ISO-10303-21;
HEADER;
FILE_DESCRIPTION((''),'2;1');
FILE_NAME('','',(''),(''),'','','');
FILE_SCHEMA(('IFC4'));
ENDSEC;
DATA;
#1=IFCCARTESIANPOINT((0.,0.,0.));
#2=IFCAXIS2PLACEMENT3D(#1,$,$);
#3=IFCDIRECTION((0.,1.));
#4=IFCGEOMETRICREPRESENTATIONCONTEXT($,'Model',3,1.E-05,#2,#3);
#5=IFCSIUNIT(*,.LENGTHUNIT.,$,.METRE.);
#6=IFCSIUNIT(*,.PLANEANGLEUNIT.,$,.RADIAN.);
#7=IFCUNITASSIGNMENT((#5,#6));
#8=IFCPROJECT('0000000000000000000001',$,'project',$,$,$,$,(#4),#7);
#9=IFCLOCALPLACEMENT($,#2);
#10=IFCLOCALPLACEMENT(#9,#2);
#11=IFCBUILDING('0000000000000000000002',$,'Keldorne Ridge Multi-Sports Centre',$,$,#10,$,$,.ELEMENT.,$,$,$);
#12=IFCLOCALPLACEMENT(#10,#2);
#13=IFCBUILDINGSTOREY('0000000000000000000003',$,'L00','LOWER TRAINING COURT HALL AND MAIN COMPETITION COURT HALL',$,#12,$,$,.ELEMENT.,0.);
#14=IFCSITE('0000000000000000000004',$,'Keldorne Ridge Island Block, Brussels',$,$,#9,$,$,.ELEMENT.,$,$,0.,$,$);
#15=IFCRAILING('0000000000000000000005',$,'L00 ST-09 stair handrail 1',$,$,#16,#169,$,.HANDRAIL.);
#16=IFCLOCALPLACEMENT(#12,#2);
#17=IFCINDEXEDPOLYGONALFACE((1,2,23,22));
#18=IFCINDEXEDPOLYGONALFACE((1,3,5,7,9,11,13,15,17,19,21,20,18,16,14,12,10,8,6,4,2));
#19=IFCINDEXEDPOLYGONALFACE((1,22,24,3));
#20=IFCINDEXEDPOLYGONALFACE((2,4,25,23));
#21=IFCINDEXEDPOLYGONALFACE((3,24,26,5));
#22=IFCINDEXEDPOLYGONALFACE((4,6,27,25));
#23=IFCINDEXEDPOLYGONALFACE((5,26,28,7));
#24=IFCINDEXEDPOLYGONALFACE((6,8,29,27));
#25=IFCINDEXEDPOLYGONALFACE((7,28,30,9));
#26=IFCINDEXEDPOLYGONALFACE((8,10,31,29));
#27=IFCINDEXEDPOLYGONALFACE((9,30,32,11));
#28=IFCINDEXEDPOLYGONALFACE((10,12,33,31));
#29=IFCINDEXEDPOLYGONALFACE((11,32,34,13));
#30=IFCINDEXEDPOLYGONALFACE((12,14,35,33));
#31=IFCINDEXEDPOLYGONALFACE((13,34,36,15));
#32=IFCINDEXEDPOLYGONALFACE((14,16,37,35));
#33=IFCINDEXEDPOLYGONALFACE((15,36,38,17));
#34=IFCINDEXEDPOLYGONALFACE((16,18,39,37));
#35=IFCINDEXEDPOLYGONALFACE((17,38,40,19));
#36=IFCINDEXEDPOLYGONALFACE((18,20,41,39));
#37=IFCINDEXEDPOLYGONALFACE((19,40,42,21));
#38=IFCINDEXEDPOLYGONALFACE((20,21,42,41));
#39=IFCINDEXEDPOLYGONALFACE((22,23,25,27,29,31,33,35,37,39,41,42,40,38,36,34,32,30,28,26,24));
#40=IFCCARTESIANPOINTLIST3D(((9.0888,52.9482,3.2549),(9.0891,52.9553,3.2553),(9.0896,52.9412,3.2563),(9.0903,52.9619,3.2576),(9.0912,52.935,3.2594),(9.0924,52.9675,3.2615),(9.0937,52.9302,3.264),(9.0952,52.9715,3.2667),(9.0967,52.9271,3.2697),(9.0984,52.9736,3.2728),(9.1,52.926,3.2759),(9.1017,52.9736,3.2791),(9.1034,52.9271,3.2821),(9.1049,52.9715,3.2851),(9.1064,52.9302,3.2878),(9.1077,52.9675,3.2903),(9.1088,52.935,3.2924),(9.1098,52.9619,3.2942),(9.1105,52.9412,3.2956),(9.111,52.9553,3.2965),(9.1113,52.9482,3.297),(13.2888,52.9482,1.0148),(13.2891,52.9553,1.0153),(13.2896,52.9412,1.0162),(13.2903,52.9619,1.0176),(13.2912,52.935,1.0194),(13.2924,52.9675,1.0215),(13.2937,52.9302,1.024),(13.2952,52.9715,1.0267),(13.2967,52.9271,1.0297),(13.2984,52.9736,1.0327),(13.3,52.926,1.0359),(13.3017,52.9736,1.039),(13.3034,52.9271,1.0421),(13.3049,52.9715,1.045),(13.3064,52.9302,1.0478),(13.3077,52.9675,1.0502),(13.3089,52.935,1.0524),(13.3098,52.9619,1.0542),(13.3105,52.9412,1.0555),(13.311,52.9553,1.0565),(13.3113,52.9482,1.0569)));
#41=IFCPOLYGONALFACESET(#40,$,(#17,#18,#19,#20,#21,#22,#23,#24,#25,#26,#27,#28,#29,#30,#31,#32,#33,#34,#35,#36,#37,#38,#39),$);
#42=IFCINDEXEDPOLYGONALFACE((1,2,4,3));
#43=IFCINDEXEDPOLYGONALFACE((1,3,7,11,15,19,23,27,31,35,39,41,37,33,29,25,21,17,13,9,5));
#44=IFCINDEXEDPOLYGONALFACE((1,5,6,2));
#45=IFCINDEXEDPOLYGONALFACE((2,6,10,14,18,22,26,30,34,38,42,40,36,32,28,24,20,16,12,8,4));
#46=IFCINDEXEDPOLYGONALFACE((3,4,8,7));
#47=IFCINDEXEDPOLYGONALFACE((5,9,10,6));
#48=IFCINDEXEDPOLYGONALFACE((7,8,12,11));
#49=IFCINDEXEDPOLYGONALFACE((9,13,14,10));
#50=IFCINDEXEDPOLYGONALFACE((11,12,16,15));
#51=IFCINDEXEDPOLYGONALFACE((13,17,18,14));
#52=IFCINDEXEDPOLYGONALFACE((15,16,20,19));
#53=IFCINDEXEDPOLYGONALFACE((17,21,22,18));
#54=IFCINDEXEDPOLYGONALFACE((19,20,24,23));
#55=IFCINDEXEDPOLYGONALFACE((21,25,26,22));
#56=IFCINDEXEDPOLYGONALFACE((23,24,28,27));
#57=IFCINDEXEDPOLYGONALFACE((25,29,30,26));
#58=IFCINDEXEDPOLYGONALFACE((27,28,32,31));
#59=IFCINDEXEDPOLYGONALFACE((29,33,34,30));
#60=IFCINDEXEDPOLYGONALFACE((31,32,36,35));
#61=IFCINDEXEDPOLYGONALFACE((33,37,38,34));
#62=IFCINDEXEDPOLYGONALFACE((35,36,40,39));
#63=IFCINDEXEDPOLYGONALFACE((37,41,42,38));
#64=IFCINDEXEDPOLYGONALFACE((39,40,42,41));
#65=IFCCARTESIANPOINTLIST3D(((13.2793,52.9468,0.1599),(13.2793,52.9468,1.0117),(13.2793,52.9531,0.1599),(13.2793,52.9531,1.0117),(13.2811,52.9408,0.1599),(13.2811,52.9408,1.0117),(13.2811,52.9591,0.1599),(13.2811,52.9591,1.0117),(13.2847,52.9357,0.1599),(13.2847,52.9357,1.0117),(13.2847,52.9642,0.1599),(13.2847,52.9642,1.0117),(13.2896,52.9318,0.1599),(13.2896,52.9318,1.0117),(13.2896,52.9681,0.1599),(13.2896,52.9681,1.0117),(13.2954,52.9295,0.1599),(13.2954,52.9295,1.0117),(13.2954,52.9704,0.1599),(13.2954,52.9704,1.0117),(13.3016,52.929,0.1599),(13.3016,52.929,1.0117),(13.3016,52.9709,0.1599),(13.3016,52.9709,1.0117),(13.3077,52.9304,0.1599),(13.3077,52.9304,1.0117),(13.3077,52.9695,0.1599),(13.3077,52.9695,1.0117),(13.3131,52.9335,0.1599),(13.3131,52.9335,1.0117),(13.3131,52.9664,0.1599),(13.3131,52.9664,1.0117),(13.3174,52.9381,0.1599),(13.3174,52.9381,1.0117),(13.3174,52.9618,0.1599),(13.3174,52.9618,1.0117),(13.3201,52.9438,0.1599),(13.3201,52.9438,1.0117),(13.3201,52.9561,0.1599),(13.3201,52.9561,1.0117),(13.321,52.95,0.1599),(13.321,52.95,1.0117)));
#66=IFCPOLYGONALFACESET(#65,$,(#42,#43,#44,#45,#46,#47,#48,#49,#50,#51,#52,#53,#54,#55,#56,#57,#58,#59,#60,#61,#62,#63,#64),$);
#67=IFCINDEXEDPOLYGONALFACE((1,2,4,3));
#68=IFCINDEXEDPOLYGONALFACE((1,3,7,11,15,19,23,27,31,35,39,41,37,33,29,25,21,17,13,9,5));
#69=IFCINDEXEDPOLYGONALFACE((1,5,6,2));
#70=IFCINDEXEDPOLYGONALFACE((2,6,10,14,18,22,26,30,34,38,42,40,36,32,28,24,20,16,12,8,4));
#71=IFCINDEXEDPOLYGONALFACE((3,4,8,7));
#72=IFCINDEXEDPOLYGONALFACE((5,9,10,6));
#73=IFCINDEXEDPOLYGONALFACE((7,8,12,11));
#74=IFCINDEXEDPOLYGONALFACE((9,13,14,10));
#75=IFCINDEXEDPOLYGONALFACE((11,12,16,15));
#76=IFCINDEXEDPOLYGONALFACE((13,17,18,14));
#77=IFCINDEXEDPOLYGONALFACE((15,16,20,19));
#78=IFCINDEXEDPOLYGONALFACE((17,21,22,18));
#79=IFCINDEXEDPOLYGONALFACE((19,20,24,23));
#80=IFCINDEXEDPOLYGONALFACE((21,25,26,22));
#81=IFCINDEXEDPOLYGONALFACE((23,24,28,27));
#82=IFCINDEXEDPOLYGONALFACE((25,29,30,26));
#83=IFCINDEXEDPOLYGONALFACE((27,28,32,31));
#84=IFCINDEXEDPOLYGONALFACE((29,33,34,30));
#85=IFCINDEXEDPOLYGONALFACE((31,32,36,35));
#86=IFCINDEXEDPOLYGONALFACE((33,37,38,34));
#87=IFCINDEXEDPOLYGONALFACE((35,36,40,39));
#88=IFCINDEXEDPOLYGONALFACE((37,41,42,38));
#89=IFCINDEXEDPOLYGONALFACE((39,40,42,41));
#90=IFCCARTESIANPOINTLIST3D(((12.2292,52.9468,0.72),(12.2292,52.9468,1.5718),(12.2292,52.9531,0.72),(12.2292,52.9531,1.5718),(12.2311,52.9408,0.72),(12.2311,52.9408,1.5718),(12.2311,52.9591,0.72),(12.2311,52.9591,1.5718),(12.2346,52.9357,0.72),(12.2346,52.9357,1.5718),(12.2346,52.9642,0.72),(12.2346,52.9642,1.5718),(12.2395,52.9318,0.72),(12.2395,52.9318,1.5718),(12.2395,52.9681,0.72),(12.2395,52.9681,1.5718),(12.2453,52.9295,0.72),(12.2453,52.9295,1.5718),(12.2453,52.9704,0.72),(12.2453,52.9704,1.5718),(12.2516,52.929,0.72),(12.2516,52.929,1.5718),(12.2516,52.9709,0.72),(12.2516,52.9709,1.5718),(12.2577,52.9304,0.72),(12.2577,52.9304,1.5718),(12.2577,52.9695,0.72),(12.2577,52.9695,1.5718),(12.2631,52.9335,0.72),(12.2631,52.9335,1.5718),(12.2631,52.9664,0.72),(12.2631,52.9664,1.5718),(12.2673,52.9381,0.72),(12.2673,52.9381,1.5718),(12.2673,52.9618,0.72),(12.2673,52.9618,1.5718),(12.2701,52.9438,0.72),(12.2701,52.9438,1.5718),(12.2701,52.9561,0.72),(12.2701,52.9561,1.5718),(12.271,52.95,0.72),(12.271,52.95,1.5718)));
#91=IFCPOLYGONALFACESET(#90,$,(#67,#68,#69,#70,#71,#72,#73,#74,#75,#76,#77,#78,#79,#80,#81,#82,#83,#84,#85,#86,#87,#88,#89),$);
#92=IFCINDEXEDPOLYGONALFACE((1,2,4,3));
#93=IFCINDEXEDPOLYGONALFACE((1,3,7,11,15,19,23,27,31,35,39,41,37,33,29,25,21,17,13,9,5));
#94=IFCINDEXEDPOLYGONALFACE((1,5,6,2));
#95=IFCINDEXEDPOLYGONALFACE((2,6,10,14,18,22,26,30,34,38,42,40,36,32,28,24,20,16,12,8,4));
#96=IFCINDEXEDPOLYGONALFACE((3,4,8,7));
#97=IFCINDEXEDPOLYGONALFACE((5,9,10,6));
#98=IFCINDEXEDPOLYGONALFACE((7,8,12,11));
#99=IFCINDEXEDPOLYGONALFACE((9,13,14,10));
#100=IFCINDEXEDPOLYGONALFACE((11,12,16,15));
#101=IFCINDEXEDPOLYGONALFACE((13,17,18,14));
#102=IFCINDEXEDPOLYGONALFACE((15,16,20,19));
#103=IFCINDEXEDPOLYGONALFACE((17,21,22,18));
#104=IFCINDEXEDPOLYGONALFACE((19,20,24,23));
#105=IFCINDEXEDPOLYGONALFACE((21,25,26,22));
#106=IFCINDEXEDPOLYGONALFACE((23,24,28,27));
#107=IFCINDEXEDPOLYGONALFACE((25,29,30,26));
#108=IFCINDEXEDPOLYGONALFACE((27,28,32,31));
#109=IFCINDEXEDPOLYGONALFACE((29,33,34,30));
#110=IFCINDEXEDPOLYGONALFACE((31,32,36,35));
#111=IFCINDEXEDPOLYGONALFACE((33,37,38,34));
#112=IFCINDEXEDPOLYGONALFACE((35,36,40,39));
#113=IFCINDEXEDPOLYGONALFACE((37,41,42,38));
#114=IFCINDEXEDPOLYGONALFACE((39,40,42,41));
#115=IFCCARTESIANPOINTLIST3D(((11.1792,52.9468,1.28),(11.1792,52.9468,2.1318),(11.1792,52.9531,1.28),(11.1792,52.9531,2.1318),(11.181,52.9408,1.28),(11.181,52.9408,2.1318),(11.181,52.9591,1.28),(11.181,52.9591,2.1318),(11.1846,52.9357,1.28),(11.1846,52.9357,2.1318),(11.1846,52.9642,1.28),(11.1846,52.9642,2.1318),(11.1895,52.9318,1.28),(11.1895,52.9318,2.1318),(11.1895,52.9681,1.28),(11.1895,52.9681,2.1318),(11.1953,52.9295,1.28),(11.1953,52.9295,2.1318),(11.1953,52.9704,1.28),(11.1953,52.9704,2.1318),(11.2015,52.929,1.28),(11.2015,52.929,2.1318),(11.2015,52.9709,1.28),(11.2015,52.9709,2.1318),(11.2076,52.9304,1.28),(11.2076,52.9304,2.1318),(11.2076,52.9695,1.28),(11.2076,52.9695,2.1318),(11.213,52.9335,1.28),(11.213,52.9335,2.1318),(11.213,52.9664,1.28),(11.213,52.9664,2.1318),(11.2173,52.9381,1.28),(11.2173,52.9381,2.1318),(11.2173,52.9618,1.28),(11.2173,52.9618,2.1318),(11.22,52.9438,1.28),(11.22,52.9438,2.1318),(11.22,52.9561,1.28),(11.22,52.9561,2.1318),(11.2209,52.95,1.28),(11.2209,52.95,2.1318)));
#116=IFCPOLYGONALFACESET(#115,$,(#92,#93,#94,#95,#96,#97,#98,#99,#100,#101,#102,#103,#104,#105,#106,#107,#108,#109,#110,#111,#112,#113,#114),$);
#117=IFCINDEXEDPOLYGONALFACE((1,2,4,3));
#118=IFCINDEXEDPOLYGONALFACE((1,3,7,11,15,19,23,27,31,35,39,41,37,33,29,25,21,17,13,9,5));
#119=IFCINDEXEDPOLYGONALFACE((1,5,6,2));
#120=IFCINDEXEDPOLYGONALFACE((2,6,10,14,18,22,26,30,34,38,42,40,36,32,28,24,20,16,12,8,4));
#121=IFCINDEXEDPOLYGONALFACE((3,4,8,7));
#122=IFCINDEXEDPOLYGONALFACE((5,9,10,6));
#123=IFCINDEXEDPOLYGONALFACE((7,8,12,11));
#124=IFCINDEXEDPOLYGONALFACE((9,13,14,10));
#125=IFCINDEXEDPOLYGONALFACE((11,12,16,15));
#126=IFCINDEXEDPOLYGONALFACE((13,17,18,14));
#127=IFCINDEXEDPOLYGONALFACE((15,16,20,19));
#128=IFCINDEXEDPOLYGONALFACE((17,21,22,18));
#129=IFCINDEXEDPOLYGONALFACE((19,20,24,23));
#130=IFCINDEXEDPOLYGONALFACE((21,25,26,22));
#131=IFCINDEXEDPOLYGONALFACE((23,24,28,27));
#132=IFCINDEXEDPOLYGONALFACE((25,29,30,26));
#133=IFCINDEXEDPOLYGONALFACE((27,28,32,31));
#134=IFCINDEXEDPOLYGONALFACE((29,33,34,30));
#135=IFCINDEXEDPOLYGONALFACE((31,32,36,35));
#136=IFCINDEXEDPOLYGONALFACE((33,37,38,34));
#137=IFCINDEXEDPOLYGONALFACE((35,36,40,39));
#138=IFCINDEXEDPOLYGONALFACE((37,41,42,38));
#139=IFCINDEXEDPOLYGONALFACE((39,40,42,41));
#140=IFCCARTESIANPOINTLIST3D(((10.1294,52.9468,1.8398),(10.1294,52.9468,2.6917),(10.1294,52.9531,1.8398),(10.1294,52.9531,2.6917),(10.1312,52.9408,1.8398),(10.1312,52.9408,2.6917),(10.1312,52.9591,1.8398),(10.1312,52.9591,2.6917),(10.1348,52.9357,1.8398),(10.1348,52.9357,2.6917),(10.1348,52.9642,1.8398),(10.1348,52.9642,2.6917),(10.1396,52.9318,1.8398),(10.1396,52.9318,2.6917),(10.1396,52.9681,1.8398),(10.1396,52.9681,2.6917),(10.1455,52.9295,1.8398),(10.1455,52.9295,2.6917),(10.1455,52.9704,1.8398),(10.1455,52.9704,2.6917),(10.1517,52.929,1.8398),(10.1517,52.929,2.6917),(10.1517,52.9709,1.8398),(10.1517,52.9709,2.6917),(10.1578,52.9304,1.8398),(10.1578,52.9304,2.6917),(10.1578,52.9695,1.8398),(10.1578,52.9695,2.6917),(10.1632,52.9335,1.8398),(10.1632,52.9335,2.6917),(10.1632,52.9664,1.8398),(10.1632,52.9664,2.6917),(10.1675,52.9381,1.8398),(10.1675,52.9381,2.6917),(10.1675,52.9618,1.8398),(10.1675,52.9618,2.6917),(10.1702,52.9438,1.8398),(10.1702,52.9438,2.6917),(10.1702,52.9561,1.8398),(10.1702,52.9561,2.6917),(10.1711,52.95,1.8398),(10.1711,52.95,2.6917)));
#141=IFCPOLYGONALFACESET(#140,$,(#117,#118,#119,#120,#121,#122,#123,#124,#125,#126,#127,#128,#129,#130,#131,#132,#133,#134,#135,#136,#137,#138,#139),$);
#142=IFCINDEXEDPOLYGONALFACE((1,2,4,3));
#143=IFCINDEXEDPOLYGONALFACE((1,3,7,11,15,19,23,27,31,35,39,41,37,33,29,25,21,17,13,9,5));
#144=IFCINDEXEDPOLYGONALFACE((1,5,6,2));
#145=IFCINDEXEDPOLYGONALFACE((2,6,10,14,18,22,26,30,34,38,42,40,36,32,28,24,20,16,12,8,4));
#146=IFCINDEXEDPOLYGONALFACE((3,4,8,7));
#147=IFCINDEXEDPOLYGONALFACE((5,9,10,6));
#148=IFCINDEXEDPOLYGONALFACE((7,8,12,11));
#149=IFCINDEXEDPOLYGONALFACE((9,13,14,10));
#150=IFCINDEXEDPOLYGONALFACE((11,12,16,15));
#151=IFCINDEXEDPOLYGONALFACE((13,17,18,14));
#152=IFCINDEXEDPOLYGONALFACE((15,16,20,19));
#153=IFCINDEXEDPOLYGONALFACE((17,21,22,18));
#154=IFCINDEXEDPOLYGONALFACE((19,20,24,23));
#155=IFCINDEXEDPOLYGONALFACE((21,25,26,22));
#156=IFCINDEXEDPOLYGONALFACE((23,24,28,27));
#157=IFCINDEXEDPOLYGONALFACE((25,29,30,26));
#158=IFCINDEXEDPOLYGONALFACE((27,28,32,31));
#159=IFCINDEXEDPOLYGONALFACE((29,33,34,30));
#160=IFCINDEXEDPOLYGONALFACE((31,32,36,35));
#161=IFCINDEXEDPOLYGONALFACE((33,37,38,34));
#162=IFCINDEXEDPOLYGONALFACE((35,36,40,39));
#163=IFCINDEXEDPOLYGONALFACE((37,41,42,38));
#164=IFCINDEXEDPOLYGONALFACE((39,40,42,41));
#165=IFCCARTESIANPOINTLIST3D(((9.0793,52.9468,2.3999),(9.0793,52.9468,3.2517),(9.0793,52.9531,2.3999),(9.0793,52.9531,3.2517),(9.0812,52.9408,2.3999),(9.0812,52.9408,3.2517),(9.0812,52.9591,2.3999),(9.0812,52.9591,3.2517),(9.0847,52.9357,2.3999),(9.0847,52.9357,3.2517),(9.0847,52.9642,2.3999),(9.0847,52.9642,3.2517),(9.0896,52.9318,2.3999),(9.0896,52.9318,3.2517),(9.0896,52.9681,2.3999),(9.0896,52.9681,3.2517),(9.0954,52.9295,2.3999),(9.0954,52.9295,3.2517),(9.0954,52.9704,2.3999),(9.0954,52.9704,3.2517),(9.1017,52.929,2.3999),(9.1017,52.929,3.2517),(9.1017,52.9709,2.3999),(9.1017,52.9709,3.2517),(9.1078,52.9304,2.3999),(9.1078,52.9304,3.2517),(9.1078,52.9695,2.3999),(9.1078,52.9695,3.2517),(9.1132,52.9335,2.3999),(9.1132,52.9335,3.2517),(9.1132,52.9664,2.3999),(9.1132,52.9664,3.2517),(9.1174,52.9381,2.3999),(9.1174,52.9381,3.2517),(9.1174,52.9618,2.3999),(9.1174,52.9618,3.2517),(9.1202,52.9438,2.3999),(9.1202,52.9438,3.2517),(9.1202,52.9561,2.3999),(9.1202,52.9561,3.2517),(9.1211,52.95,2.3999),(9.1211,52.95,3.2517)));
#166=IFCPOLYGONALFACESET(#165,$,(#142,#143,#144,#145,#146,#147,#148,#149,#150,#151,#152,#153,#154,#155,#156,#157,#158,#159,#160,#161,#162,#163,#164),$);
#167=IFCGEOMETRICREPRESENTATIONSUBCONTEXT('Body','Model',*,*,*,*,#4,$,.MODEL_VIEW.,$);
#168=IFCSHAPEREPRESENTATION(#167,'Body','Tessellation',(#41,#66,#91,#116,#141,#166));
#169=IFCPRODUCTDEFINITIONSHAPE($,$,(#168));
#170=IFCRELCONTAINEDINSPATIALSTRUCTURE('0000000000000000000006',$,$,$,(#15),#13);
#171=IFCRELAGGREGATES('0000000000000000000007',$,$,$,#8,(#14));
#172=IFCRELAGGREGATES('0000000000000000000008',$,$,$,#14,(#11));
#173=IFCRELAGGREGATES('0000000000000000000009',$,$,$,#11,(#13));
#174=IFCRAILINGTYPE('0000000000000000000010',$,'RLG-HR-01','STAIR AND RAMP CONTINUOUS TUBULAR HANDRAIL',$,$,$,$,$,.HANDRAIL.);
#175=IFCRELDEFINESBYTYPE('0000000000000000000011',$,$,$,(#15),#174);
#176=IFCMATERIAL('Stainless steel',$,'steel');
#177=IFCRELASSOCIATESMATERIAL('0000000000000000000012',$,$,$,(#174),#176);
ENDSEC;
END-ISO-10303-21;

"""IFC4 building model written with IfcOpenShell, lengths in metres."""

from ifc_helpers import new_model, si_unit, direction, frame, origin, origin_2d, place, context, subcontext, project, spatial, circle, extrude, material, type_object, element, save


model = new_model("IFC4")

# Units and contexts
model_context = context("Model", 3, precision=1e-05, world=origin(), true_north=direction((0.0, 1.0)))
body_context = subcontext(model_context, "Body", "Model", "MODEL_VIEW")
ifc_project = project(units=[si_unit("LENGTHUNIT", "METRE"), si_unit("PLANEANGLEUNIT", "RADIAN")], contexts=[model_context])

# Site, building, storey
site_placement = place(None, origin())
site = spatial("IfcSite", under=ifc_project, at=site_placement, Name="Keldorne Ridge Island Block, Brussels", CompositionType="ELEMENT", RefElevation=0.0)
building_placement = place(site_placement, origin())
building = spatial("IfcBuilding", under=site, at=building_placement, Name="Keldorne Ridge Multi-Sports Centre", CompositionType="ELEMENT")
storey_placement = place(building_placement, origin())
storey = spatial("IfcBuildingStorey", under=building, at=storey_placement, Name="L00", Description="LOWER TRAINING COURT HALL AND MAIN COMPETITION COURT HALL", CompositionType="ELEMENT", Elevation=0.0)

# Railing
ifc_material_1 = material(Name="Stainless steel", Category="steel")
railing_type_1 = type_object("IfcRailingType", Name="RLG-HR-01", Description="STAIR AND RAMP CONTINUOUS TUBULAR HANDRAIL", PredefinedType="HANDRAIL", material=ifc_material_1)
railing_1_placement = place(storey_placement, frame((13.3, 52.95, 0.1599)))
element("IfcRailing", 1, at=railing_1_placement, inside=storey, type_object=railing_type_1, Name="L00 ST-09 stair handrail 1", PredefinedType="HANDRAIL", context=body_context, shape_type="SweptSolid", body=[
    extrude(circle(Radius=0.0239, at=origin_2d()), frame((0.0, 0.0, 0.876), z_axis=(-0.882352, 0.0, 0.470591), x_axis=(0.0, -1.0, 0.0)), (0.0, 0.0, 1.0), 4.76),
    extrude(circle(Radius=0.021, at=origin_2d()), origin(), (0.0, 0.0, 1.0), 0.8518),
    extrude(circle(Radius=0.021, at=origin_2d()), frame((-1.05, 0.0, 0.5601)), (0.0, 0.0, 1.0), 0.8518),
    extrude(circle(Radius=0.021, at=origin_2d()), frame((-2.1001, 0.0, 1.1201)), (0.0, 0.0, 1.0), 0.8518),
    extrude(circle(Radius=0.021, at=origin_2d()), frame((-3.1499, 0.0, 1.6799)), (0.0, 0.0, 1.0), 0.8518),
    extrude(circle(Radius=0.021, at=origin_2d()), frame((-4.2, 0.0, 2.24)), (0.0, 0.0, 1.0), 0.8518),
])

save(model, "model.ifc")
